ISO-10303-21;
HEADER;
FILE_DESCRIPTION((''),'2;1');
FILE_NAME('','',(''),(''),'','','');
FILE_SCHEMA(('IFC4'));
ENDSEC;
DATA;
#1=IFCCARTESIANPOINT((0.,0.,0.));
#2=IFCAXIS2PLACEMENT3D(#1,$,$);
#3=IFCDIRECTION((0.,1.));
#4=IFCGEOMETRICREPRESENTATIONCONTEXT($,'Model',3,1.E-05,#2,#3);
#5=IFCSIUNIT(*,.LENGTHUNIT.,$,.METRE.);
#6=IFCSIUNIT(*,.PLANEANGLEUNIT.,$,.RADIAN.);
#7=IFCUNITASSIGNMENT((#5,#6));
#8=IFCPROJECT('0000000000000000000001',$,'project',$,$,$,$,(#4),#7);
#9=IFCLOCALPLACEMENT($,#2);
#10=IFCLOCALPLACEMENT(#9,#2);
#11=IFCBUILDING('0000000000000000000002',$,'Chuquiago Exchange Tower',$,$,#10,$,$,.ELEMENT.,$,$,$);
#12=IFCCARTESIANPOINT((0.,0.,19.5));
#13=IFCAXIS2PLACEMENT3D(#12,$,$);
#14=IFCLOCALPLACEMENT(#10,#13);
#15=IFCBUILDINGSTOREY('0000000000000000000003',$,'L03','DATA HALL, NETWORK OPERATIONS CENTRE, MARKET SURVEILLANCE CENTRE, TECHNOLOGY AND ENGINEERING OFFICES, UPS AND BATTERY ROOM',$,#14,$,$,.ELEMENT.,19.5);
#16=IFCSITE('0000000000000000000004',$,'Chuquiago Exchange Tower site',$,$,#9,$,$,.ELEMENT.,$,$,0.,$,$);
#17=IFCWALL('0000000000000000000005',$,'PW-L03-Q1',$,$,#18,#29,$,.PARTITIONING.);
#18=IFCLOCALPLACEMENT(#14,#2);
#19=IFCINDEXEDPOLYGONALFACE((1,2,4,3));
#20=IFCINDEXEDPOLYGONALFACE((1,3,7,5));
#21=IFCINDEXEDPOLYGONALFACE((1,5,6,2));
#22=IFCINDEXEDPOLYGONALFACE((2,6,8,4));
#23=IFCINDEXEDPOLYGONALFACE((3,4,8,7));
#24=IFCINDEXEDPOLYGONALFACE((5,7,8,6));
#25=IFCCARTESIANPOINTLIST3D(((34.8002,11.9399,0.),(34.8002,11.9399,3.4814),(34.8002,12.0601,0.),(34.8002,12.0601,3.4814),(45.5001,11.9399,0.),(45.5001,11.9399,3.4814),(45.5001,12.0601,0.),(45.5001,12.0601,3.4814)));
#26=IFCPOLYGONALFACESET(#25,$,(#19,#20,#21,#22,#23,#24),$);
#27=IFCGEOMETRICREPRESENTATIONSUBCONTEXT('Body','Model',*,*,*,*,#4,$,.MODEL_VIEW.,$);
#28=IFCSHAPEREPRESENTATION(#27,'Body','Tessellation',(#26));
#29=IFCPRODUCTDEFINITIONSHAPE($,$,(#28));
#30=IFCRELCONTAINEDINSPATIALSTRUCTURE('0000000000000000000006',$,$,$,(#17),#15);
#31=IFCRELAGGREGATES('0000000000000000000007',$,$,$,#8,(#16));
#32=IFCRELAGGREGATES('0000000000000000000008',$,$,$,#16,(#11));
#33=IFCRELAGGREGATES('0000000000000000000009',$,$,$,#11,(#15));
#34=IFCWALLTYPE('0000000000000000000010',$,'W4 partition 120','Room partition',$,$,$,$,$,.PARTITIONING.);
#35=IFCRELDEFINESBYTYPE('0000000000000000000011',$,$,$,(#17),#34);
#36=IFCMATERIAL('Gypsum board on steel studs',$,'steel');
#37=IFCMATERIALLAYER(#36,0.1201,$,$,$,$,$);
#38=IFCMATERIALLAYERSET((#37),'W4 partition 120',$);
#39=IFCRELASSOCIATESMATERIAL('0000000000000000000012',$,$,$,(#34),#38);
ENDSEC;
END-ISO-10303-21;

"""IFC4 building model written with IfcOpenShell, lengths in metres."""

from ifc_helpers import new_model, si_unit, direction, frame, frame_2d, origin, place, context, subcontext, project, spatial, rectangle, extrude, material, layer, layer_set, type_object, element, save


model = new_model("IFC4")

# Units and contexts
model_context = context("Model", 3, precision=1e-05, world=origin(), true_north=direction((0.0, 1.0)))
body_context = subcontext(model_context, "Body", "Model", "MODEL_VIEW")
ifc_project = project(units=[si_unit("LENGTHUNIT", "METRE"), si_unit("PLANEANGLEUNIT", "RADIAN")], contexts=[model_context])

# Site, building, storey
site_placement = place(None, origin())
site = spatial("IfcSite", under=ifc_project, at=site_placement, Name="Chuquiago Exchange Tower site", CompositionType="ELEMENT", RefElevation=0.0)
building_placement = place(site_placement, origin())
building = spatial("IfcBuilding", under=site, at=building_placement, Name="Chuquiago Exchange Tower", CompositionType="ELEMENT")
storey_placement = place(building_placement, frame((0.0, 0.0, 19.5)))
storey = spatial("IfcBuildingStorey", under=building, at=storey_placement, Name="L03", Description="DATA HALL, NETWORK OPERATIONS CENTRE, MARKET SURVEILLANCE CENTRE, TECHNOLOGY AND ENGINEERING OFFICES, UPS AND BATTERY ROOM", CompositionType="ELEMENT", Elevation=19.5)

# Shared definitions
ifc_material_1 = material(Name="Gypsum board on steel studs", Category="steel")
ifc_layer_1 = layer(ifc_material_1, 0.1201)
ifc_layer_set_1 = layer_set([ifc_layer_1], Name="W4 partition 120")
wall_type_1 = type_object("IfcWallType", Name="W4 partition 120", Description="Room partition", PredefinedType="PARTITIONING", material=ifc_layer_set_1)

# Wall
wall_1_placement = place(storey_placement, frame((34.8, 12.0, 0.0), z_axis=(0.0, 0.0, 1.0), x_axis=(1.0, 0.0, 0.0)))
element("IfcWall", 1, at=wall_1_placement, inside=storey, type_object=wall_type_1, Name="PW-L03-Q1", PredefinedType="PARTITIONING", context=body_context, shape_type="SweptSolid", body=[
    extrude(rectangle(XDim=10.7, YDim=0.1201, at=frame_2d((5.3501, 0.0))), origin(), (0.0, 0.0, 1.0), 3.4814),
])

save(model, "model.ifc")
